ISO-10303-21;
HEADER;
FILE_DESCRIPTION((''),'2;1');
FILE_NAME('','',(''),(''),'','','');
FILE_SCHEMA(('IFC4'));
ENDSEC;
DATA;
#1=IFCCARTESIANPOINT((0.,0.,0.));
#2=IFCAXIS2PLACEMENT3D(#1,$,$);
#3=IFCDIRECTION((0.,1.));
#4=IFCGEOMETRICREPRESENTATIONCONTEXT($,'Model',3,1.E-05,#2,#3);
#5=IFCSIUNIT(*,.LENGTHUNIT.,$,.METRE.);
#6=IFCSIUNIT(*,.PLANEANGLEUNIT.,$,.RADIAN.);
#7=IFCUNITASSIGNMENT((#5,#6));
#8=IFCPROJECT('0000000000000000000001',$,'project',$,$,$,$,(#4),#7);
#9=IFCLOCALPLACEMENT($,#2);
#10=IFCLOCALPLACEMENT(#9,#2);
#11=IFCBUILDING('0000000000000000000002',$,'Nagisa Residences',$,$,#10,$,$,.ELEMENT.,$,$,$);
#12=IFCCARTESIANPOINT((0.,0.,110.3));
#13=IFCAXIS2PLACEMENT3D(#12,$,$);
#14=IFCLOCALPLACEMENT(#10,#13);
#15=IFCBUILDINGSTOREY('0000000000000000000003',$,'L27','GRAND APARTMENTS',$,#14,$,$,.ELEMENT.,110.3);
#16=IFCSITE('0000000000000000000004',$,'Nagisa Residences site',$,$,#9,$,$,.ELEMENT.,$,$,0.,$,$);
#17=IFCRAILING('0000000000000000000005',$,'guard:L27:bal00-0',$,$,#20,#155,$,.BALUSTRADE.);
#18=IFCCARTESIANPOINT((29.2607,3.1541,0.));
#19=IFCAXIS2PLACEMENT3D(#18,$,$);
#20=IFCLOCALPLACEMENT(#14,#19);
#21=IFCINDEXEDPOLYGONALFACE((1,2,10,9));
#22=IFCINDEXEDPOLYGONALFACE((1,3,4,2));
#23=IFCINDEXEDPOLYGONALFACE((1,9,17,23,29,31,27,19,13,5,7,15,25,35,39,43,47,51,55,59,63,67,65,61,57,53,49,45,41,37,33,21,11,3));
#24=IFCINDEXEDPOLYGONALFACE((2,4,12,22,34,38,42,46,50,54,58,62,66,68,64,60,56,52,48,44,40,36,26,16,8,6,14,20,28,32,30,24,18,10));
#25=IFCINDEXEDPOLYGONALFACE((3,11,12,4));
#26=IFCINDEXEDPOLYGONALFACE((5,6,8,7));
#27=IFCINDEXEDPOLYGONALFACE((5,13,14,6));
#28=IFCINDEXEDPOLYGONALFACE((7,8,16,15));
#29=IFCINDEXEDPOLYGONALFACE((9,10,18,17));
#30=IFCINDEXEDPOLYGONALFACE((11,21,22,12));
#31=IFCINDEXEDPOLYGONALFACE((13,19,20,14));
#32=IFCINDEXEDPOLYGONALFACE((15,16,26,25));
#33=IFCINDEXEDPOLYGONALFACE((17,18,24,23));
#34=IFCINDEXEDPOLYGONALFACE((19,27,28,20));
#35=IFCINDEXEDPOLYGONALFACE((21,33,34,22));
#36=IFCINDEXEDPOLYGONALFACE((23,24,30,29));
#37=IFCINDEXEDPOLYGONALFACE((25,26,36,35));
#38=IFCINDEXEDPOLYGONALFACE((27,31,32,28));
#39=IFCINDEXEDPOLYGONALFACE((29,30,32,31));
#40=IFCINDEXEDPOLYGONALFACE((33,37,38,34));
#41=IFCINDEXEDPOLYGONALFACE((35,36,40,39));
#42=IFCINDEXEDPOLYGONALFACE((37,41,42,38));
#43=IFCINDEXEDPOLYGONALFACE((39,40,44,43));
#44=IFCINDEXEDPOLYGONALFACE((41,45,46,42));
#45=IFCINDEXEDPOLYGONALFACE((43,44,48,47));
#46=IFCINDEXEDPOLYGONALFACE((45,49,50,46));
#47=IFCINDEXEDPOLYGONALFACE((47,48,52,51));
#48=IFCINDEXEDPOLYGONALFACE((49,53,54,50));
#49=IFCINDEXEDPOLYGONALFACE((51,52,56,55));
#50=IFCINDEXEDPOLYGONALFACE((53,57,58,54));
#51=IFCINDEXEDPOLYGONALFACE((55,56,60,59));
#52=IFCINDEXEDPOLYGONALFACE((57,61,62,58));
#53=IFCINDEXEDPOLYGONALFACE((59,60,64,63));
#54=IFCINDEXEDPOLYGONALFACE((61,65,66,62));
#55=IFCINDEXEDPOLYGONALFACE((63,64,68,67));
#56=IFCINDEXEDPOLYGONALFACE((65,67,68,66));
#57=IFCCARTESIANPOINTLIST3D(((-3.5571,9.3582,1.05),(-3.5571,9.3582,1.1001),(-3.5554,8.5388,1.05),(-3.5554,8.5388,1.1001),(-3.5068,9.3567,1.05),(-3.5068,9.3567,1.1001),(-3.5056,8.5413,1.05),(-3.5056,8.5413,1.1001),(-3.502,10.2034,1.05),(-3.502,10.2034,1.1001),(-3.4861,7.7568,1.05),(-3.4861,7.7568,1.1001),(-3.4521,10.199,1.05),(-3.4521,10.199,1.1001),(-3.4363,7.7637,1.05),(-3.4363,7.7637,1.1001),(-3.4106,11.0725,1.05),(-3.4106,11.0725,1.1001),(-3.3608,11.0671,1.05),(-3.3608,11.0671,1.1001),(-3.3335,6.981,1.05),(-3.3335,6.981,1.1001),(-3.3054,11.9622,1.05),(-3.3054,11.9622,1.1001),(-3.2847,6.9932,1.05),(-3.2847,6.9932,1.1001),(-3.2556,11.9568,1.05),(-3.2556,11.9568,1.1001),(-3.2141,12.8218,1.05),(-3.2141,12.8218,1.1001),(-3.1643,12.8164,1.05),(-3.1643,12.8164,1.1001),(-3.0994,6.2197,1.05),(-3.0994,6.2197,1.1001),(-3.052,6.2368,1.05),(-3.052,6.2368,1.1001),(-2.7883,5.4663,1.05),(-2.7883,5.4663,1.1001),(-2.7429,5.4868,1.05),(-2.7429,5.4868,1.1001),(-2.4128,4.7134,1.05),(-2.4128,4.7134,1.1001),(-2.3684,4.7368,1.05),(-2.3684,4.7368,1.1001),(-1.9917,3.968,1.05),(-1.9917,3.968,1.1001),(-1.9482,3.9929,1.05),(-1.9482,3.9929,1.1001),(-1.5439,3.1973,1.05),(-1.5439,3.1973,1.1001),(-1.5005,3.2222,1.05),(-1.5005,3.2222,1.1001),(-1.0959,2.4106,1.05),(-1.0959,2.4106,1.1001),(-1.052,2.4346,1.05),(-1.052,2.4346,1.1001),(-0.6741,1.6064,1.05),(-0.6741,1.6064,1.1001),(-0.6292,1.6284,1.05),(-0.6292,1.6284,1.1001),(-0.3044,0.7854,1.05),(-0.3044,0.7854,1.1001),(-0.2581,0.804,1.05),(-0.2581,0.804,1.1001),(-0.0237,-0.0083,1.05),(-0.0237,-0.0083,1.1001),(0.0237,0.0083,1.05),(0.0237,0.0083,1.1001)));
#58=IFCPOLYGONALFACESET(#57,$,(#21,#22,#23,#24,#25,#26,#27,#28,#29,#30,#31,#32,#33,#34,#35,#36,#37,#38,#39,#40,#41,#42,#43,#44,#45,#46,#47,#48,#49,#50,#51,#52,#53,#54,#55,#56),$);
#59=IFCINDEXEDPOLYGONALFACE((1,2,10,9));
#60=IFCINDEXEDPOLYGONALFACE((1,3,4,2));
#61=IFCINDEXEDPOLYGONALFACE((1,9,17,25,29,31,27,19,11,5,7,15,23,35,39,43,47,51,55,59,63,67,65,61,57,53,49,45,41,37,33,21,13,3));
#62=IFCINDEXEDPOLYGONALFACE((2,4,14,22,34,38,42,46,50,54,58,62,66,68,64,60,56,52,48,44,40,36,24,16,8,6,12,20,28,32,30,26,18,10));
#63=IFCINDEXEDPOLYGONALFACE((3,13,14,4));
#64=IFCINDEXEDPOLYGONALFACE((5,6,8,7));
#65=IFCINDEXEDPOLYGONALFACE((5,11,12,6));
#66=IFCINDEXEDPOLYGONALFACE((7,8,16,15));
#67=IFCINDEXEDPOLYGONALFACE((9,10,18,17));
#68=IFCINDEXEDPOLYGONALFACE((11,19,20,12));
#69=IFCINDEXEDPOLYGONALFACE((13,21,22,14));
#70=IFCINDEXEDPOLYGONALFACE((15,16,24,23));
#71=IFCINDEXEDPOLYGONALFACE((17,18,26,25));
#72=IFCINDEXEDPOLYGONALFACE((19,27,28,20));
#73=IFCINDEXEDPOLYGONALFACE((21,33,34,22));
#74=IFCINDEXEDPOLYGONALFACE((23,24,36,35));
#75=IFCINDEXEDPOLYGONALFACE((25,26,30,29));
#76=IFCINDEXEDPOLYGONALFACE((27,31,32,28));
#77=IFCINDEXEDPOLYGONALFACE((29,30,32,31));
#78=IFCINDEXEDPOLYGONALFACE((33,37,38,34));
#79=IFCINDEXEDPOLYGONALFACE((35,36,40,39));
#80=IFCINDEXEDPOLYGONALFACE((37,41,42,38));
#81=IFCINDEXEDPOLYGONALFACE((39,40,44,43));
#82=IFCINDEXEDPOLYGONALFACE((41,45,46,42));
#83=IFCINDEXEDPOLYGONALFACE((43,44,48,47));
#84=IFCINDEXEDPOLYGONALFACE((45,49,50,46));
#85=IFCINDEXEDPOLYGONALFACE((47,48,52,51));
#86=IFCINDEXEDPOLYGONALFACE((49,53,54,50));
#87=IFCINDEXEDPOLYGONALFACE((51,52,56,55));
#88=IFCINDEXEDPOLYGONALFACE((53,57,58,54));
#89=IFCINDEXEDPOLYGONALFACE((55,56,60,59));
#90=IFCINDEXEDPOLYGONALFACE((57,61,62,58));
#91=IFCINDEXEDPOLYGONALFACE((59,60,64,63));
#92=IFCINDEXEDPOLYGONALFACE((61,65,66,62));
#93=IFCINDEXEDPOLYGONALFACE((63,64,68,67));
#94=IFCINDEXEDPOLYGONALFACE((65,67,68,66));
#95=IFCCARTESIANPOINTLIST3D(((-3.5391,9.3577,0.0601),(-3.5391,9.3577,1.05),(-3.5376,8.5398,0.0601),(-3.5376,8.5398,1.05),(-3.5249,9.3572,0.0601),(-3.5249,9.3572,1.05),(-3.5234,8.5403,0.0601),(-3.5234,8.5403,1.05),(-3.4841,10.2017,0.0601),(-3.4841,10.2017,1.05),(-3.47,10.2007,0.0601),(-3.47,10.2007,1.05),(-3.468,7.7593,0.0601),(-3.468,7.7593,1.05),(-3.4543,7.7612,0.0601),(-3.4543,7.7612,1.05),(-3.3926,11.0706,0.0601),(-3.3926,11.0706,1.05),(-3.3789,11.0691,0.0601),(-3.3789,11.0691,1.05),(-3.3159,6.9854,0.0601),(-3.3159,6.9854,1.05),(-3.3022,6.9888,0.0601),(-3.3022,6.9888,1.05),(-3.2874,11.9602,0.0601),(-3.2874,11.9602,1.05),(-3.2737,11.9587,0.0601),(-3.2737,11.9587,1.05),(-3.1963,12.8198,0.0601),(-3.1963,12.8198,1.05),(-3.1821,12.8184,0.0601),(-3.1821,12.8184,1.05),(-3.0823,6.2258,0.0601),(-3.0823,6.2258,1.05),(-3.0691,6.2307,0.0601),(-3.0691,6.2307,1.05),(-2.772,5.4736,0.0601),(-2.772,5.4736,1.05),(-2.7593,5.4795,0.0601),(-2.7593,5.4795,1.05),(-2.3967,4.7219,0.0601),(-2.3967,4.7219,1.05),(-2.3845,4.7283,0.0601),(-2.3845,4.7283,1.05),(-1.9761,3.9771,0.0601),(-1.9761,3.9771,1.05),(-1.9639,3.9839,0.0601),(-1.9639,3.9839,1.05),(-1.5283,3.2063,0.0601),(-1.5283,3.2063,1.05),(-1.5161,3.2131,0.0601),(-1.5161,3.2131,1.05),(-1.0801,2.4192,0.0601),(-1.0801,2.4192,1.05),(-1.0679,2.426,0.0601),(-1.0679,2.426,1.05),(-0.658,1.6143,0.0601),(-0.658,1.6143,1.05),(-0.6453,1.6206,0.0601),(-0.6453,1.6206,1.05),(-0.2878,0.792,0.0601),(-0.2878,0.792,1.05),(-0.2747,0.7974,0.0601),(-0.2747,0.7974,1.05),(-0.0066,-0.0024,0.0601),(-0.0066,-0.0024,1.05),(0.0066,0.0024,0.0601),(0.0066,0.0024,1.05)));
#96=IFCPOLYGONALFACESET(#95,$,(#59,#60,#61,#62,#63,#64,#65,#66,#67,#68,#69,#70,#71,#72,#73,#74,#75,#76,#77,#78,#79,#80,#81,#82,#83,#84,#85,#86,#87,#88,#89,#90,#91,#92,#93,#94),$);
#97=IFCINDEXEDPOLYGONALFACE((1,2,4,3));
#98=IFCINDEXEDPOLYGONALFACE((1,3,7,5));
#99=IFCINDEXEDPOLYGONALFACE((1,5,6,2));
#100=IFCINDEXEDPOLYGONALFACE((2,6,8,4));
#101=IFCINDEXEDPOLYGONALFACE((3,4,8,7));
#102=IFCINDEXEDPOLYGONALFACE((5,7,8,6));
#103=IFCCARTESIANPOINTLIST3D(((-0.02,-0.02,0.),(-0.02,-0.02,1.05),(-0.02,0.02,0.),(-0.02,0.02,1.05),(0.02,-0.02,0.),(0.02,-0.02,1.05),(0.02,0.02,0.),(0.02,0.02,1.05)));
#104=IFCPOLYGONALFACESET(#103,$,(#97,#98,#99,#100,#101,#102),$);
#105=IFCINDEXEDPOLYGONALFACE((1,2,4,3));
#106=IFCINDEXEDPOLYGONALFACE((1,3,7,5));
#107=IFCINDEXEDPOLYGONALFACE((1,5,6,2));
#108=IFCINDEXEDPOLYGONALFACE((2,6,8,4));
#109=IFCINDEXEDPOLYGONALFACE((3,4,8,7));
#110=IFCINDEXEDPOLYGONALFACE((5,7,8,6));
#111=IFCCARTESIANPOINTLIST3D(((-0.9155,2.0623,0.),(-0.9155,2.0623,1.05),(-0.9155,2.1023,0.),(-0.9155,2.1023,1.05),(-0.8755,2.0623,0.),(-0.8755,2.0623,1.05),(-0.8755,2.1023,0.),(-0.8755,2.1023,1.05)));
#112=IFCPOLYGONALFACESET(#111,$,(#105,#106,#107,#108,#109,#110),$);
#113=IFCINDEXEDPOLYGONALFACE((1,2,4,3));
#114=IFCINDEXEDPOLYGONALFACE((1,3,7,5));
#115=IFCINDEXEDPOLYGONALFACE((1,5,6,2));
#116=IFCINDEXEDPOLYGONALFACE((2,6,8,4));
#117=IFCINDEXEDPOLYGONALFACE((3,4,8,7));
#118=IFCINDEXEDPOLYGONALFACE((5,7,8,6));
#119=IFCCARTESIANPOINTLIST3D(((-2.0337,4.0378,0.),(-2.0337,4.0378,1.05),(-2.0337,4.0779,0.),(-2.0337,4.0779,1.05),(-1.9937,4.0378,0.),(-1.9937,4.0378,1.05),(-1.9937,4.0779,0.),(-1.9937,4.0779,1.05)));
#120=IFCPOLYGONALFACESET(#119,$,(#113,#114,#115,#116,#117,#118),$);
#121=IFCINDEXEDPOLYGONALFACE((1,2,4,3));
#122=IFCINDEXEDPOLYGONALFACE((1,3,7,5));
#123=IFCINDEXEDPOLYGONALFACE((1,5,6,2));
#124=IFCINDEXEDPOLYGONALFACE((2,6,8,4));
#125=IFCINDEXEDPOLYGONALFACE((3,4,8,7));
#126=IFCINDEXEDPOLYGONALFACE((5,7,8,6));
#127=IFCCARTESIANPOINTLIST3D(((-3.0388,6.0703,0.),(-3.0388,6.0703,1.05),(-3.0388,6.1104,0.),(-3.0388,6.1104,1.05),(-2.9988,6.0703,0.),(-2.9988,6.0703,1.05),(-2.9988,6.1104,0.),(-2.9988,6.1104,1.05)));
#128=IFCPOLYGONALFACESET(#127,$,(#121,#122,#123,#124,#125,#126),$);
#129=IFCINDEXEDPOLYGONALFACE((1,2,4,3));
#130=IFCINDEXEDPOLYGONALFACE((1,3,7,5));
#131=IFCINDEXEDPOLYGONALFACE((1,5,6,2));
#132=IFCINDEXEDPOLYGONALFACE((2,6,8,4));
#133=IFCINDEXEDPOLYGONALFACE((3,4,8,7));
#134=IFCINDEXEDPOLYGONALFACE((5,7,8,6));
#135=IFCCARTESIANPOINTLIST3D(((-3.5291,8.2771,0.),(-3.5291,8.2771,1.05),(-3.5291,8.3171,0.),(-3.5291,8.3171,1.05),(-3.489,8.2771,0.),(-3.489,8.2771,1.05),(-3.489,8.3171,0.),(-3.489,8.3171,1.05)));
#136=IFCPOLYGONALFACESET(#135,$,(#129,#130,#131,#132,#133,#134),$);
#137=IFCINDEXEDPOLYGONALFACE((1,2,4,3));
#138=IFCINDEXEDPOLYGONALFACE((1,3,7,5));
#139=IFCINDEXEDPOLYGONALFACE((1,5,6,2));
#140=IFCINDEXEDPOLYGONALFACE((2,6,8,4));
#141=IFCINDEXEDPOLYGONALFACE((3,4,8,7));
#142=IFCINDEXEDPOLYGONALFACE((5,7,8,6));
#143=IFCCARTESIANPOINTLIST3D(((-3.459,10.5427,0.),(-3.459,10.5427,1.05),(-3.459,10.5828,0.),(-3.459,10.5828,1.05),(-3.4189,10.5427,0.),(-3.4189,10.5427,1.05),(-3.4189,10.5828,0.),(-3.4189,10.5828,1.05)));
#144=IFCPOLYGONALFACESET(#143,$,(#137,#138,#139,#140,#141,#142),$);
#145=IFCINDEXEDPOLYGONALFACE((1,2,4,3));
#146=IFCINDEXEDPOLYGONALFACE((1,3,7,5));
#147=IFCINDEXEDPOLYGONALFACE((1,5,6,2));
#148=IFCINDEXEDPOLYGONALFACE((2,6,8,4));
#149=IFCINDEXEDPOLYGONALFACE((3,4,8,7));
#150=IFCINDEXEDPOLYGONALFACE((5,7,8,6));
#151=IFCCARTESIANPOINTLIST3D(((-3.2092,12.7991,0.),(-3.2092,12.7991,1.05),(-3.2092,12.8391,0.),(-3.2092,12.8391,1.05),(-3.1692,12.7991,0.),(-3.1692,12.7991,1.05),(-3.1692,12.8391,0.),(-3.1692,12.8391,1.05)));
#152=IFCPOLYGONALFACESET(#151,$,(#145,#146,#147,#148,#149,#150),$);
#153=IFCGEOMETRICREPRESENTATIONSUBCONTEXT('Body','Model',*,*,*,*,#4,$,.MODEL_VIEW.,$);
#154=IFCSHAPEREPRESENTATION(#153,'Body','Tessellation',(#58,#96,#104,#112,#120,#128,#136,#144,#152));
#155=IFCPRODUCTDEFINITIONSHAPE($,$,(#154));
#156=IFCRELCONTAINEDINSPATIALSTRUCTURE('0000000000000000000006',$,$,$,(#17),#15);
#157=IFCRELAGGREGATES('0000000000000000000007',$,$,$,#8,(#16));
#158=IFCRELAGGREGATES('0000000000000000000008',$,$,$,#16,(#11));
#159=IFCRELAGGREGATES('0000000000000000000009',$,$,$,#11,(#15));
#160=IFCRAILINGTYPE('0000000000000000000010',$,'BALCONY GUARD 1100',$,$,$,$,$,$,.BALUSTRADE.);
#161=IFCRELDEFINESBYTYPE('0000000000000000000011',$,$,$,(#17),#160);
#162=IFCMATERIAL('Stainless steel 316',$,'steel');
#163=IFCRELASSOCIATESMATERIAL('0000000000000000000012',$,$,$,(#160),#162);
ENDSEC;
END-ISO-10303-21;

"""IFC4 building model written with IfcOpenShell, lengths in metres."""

from ifc_helpers import new_model, si_unit, direction, frame, origin, origin_2d, place, context, subcontext, project, spatial, polyline, rectangle, outline, extrude, material, type_object, element, save


model = new_model("IFC4")

# Units and contexts
model_context = context("Model", 3, precision=1e-05, world=origin(), true_north=direction((0.0, 1.0)))
body_context = subcontext(model_context, "Body", "Model", "MODEL_VIEW")
ifc_project = project(units=[si_unit("LENGTHUNIT", "METRE"), si_unit("PLANEANGLEUNIT", "RADIAN")], contexts=[model_context])

# Site, building, storey
site_placement = place(None, origin())
site = spatial("IfcSite", under=ifc_project, at=site_placement, Name="Nagisa Residences site", CompositionType="ELEMENT", RefElevation=0.0)
building_placement = place(site_placement, origin())
building = spatial("IfcBuilding", under=site, at=building_placement, Name="Nagisa Residences", CompositionType="ELEMENT")
storey_placement = place(building_placement, frame((0.0, 0.0, 110.3)))
storey = spatial("IfcBuildingStorey", under=building, at=storey_placement, Name="L27", Description="GRAND APARTMENTS", CompositionType="ELEMENT", Elevation=110.3)

# Railing
ifc_material_1 = material(Name="Stainless steel 316", Category="steel")
railing_type = type_object("IfcRailingType", Name="BALCONY GUARD 1100", PredefinedType="BALUSTRADE", material=ifc_material_1)
railing_placement = place(storey_placement, frame((29.2607, 3.1541, 0.0)))
element("IfcRailing", 1, at=railing_placement, inside=storey, type_object=railing_type, Name="guard:L27:bal00-0", PredefinedType="BALUSTRADE", context=body_context, shape_type="SweptSolid", body=[
    extrude(outline(polyline([(-0.3044, 0.7854), (-0.0237, -0.0083), (0.0237, 0.0083), (-0.2581, 0.804), (-0.6292, 1.6284), (-1.052, 2.4346), (-1.5005, 3.2222), (-1.9482, 3.9929), (-2.3684, 4.7368), (-2.7429, 5.4868), (-3.052, 6.2368), (-3.2847, 6.9932), (-3.4363, 7.7637), (-3.5056, 8.5413), (-3.5068, 9.3567), (-3.4521, 10.199), (-3.3608, 11.0671), (-3.2556, 11.9568), (-3.1643, 12.8164), (-3.2141, 12.8218), (-3.3054, 11.9622), (-3.4106, 11.0725), (-3.502, 10.2034), (-3.5571, 9.3582), (-3.5554, 8.5388), (-3.4861, 7.7568), (-3.3335, 6.981), (-3.0994, 6.2197), (-2.7883, 5.4663), (-2.4128, 4.7134), (-1.9917, 3.968), (-1.5439, 3.1973), (-1.0959, 2.4106), (-0.6741, 1.6064), (-0.3044, 0.7854)])), frame((0.0, 0.0, 1.05)), (0.0, 0.0, 1.0), 0.05),
    extrude(outline(polyline([(-0.2878, 0.792), (-0.0066, -0.0024), (0.0066, 0.0024), (-0.2747, 0.7974), (-0.6453, 1.6206), (-1.0679, 2.426), (-1.5161, 3.2131), (-1.9639, 3.9839), (-2.3845, 4.7283), (-2.7593, 5.4795), (-3.0691, 6.2307), (-3.3022, 6.9888), (-3.4543, 7.7612), (-3.5234, 8.5403), (-3.5249, 9.3572), (-3.47, 10.2007), (-3.3789, 11.0691), (-3.2737, 11.9587), (-3.1821, 12.8184), (-3.1963, 12.8198), (-3.2874, 11.9602), (-3.3926, 11.0706), (-3.4841, 10.2017), (-3.5391, 9.3577), (-3.5376, 8.5398), (-3.468, 7.7593), (-3.3159, 6.9854), (-3.0823, 6.2258), (-2.772, 5.4736), (-2.3967, 4.7219), (-1.9761, 3.9771), (-1.5283, 3.2063), (-1.0801, 2.4192), (-0.658, 1.6143), (-0.2878, 0.792)])), frame((0.0, 0.0, 0.0601)), (0.0, 0.0, 1.0), 0.99),
    extrude(rectangle(XDim=0.04, YDim=0.04, at=origin_2d()), origin(), (0.0, 0.0, 1.0), 1.05),
    extrude(rectangle(XDim=0.04, YDim=0.04, at=origin_2d()), frame((-0.8955, 2.0823, 0.0)), (0.0, 0.0, 1.0), 1.05),
    extrude(rectangle(XDim=0.04, YDim=0.04, at=origin_2d()), frame((-2.0137, 4.0579, 0.0)), (0.0, 0.0, 1.0), 1.05),
    extrude(rectangle(XDim=0.04, YDim=0.04, at=origin_2d()), frame((-3.0188, 6.0903, 0.0)), (0.0, 0.0, 1.0), 1.05),
    extrude(rectangle(XDim=0.04, YDim=0.04, at=origin_2d()), frame((-3.509, 8.2971, 0.0)), (0.0, 0.0, 1.0), 1.05),
    extrude(rectangle(XDim=0.04, YDim=0.04, at=origin_2d()), frame((-3.439, 10.5627, 0.0)), (0.0, 0.0, 1.0), 1.05),
    extrude(rectangle(XDim=0.04, YDim=0.04, at=origin_2d()), frame((-3.1892, 12.8191, 0.0)), (0.0, 0.0, 1.0), 1.05),
])

save(model, "model.ifc")
